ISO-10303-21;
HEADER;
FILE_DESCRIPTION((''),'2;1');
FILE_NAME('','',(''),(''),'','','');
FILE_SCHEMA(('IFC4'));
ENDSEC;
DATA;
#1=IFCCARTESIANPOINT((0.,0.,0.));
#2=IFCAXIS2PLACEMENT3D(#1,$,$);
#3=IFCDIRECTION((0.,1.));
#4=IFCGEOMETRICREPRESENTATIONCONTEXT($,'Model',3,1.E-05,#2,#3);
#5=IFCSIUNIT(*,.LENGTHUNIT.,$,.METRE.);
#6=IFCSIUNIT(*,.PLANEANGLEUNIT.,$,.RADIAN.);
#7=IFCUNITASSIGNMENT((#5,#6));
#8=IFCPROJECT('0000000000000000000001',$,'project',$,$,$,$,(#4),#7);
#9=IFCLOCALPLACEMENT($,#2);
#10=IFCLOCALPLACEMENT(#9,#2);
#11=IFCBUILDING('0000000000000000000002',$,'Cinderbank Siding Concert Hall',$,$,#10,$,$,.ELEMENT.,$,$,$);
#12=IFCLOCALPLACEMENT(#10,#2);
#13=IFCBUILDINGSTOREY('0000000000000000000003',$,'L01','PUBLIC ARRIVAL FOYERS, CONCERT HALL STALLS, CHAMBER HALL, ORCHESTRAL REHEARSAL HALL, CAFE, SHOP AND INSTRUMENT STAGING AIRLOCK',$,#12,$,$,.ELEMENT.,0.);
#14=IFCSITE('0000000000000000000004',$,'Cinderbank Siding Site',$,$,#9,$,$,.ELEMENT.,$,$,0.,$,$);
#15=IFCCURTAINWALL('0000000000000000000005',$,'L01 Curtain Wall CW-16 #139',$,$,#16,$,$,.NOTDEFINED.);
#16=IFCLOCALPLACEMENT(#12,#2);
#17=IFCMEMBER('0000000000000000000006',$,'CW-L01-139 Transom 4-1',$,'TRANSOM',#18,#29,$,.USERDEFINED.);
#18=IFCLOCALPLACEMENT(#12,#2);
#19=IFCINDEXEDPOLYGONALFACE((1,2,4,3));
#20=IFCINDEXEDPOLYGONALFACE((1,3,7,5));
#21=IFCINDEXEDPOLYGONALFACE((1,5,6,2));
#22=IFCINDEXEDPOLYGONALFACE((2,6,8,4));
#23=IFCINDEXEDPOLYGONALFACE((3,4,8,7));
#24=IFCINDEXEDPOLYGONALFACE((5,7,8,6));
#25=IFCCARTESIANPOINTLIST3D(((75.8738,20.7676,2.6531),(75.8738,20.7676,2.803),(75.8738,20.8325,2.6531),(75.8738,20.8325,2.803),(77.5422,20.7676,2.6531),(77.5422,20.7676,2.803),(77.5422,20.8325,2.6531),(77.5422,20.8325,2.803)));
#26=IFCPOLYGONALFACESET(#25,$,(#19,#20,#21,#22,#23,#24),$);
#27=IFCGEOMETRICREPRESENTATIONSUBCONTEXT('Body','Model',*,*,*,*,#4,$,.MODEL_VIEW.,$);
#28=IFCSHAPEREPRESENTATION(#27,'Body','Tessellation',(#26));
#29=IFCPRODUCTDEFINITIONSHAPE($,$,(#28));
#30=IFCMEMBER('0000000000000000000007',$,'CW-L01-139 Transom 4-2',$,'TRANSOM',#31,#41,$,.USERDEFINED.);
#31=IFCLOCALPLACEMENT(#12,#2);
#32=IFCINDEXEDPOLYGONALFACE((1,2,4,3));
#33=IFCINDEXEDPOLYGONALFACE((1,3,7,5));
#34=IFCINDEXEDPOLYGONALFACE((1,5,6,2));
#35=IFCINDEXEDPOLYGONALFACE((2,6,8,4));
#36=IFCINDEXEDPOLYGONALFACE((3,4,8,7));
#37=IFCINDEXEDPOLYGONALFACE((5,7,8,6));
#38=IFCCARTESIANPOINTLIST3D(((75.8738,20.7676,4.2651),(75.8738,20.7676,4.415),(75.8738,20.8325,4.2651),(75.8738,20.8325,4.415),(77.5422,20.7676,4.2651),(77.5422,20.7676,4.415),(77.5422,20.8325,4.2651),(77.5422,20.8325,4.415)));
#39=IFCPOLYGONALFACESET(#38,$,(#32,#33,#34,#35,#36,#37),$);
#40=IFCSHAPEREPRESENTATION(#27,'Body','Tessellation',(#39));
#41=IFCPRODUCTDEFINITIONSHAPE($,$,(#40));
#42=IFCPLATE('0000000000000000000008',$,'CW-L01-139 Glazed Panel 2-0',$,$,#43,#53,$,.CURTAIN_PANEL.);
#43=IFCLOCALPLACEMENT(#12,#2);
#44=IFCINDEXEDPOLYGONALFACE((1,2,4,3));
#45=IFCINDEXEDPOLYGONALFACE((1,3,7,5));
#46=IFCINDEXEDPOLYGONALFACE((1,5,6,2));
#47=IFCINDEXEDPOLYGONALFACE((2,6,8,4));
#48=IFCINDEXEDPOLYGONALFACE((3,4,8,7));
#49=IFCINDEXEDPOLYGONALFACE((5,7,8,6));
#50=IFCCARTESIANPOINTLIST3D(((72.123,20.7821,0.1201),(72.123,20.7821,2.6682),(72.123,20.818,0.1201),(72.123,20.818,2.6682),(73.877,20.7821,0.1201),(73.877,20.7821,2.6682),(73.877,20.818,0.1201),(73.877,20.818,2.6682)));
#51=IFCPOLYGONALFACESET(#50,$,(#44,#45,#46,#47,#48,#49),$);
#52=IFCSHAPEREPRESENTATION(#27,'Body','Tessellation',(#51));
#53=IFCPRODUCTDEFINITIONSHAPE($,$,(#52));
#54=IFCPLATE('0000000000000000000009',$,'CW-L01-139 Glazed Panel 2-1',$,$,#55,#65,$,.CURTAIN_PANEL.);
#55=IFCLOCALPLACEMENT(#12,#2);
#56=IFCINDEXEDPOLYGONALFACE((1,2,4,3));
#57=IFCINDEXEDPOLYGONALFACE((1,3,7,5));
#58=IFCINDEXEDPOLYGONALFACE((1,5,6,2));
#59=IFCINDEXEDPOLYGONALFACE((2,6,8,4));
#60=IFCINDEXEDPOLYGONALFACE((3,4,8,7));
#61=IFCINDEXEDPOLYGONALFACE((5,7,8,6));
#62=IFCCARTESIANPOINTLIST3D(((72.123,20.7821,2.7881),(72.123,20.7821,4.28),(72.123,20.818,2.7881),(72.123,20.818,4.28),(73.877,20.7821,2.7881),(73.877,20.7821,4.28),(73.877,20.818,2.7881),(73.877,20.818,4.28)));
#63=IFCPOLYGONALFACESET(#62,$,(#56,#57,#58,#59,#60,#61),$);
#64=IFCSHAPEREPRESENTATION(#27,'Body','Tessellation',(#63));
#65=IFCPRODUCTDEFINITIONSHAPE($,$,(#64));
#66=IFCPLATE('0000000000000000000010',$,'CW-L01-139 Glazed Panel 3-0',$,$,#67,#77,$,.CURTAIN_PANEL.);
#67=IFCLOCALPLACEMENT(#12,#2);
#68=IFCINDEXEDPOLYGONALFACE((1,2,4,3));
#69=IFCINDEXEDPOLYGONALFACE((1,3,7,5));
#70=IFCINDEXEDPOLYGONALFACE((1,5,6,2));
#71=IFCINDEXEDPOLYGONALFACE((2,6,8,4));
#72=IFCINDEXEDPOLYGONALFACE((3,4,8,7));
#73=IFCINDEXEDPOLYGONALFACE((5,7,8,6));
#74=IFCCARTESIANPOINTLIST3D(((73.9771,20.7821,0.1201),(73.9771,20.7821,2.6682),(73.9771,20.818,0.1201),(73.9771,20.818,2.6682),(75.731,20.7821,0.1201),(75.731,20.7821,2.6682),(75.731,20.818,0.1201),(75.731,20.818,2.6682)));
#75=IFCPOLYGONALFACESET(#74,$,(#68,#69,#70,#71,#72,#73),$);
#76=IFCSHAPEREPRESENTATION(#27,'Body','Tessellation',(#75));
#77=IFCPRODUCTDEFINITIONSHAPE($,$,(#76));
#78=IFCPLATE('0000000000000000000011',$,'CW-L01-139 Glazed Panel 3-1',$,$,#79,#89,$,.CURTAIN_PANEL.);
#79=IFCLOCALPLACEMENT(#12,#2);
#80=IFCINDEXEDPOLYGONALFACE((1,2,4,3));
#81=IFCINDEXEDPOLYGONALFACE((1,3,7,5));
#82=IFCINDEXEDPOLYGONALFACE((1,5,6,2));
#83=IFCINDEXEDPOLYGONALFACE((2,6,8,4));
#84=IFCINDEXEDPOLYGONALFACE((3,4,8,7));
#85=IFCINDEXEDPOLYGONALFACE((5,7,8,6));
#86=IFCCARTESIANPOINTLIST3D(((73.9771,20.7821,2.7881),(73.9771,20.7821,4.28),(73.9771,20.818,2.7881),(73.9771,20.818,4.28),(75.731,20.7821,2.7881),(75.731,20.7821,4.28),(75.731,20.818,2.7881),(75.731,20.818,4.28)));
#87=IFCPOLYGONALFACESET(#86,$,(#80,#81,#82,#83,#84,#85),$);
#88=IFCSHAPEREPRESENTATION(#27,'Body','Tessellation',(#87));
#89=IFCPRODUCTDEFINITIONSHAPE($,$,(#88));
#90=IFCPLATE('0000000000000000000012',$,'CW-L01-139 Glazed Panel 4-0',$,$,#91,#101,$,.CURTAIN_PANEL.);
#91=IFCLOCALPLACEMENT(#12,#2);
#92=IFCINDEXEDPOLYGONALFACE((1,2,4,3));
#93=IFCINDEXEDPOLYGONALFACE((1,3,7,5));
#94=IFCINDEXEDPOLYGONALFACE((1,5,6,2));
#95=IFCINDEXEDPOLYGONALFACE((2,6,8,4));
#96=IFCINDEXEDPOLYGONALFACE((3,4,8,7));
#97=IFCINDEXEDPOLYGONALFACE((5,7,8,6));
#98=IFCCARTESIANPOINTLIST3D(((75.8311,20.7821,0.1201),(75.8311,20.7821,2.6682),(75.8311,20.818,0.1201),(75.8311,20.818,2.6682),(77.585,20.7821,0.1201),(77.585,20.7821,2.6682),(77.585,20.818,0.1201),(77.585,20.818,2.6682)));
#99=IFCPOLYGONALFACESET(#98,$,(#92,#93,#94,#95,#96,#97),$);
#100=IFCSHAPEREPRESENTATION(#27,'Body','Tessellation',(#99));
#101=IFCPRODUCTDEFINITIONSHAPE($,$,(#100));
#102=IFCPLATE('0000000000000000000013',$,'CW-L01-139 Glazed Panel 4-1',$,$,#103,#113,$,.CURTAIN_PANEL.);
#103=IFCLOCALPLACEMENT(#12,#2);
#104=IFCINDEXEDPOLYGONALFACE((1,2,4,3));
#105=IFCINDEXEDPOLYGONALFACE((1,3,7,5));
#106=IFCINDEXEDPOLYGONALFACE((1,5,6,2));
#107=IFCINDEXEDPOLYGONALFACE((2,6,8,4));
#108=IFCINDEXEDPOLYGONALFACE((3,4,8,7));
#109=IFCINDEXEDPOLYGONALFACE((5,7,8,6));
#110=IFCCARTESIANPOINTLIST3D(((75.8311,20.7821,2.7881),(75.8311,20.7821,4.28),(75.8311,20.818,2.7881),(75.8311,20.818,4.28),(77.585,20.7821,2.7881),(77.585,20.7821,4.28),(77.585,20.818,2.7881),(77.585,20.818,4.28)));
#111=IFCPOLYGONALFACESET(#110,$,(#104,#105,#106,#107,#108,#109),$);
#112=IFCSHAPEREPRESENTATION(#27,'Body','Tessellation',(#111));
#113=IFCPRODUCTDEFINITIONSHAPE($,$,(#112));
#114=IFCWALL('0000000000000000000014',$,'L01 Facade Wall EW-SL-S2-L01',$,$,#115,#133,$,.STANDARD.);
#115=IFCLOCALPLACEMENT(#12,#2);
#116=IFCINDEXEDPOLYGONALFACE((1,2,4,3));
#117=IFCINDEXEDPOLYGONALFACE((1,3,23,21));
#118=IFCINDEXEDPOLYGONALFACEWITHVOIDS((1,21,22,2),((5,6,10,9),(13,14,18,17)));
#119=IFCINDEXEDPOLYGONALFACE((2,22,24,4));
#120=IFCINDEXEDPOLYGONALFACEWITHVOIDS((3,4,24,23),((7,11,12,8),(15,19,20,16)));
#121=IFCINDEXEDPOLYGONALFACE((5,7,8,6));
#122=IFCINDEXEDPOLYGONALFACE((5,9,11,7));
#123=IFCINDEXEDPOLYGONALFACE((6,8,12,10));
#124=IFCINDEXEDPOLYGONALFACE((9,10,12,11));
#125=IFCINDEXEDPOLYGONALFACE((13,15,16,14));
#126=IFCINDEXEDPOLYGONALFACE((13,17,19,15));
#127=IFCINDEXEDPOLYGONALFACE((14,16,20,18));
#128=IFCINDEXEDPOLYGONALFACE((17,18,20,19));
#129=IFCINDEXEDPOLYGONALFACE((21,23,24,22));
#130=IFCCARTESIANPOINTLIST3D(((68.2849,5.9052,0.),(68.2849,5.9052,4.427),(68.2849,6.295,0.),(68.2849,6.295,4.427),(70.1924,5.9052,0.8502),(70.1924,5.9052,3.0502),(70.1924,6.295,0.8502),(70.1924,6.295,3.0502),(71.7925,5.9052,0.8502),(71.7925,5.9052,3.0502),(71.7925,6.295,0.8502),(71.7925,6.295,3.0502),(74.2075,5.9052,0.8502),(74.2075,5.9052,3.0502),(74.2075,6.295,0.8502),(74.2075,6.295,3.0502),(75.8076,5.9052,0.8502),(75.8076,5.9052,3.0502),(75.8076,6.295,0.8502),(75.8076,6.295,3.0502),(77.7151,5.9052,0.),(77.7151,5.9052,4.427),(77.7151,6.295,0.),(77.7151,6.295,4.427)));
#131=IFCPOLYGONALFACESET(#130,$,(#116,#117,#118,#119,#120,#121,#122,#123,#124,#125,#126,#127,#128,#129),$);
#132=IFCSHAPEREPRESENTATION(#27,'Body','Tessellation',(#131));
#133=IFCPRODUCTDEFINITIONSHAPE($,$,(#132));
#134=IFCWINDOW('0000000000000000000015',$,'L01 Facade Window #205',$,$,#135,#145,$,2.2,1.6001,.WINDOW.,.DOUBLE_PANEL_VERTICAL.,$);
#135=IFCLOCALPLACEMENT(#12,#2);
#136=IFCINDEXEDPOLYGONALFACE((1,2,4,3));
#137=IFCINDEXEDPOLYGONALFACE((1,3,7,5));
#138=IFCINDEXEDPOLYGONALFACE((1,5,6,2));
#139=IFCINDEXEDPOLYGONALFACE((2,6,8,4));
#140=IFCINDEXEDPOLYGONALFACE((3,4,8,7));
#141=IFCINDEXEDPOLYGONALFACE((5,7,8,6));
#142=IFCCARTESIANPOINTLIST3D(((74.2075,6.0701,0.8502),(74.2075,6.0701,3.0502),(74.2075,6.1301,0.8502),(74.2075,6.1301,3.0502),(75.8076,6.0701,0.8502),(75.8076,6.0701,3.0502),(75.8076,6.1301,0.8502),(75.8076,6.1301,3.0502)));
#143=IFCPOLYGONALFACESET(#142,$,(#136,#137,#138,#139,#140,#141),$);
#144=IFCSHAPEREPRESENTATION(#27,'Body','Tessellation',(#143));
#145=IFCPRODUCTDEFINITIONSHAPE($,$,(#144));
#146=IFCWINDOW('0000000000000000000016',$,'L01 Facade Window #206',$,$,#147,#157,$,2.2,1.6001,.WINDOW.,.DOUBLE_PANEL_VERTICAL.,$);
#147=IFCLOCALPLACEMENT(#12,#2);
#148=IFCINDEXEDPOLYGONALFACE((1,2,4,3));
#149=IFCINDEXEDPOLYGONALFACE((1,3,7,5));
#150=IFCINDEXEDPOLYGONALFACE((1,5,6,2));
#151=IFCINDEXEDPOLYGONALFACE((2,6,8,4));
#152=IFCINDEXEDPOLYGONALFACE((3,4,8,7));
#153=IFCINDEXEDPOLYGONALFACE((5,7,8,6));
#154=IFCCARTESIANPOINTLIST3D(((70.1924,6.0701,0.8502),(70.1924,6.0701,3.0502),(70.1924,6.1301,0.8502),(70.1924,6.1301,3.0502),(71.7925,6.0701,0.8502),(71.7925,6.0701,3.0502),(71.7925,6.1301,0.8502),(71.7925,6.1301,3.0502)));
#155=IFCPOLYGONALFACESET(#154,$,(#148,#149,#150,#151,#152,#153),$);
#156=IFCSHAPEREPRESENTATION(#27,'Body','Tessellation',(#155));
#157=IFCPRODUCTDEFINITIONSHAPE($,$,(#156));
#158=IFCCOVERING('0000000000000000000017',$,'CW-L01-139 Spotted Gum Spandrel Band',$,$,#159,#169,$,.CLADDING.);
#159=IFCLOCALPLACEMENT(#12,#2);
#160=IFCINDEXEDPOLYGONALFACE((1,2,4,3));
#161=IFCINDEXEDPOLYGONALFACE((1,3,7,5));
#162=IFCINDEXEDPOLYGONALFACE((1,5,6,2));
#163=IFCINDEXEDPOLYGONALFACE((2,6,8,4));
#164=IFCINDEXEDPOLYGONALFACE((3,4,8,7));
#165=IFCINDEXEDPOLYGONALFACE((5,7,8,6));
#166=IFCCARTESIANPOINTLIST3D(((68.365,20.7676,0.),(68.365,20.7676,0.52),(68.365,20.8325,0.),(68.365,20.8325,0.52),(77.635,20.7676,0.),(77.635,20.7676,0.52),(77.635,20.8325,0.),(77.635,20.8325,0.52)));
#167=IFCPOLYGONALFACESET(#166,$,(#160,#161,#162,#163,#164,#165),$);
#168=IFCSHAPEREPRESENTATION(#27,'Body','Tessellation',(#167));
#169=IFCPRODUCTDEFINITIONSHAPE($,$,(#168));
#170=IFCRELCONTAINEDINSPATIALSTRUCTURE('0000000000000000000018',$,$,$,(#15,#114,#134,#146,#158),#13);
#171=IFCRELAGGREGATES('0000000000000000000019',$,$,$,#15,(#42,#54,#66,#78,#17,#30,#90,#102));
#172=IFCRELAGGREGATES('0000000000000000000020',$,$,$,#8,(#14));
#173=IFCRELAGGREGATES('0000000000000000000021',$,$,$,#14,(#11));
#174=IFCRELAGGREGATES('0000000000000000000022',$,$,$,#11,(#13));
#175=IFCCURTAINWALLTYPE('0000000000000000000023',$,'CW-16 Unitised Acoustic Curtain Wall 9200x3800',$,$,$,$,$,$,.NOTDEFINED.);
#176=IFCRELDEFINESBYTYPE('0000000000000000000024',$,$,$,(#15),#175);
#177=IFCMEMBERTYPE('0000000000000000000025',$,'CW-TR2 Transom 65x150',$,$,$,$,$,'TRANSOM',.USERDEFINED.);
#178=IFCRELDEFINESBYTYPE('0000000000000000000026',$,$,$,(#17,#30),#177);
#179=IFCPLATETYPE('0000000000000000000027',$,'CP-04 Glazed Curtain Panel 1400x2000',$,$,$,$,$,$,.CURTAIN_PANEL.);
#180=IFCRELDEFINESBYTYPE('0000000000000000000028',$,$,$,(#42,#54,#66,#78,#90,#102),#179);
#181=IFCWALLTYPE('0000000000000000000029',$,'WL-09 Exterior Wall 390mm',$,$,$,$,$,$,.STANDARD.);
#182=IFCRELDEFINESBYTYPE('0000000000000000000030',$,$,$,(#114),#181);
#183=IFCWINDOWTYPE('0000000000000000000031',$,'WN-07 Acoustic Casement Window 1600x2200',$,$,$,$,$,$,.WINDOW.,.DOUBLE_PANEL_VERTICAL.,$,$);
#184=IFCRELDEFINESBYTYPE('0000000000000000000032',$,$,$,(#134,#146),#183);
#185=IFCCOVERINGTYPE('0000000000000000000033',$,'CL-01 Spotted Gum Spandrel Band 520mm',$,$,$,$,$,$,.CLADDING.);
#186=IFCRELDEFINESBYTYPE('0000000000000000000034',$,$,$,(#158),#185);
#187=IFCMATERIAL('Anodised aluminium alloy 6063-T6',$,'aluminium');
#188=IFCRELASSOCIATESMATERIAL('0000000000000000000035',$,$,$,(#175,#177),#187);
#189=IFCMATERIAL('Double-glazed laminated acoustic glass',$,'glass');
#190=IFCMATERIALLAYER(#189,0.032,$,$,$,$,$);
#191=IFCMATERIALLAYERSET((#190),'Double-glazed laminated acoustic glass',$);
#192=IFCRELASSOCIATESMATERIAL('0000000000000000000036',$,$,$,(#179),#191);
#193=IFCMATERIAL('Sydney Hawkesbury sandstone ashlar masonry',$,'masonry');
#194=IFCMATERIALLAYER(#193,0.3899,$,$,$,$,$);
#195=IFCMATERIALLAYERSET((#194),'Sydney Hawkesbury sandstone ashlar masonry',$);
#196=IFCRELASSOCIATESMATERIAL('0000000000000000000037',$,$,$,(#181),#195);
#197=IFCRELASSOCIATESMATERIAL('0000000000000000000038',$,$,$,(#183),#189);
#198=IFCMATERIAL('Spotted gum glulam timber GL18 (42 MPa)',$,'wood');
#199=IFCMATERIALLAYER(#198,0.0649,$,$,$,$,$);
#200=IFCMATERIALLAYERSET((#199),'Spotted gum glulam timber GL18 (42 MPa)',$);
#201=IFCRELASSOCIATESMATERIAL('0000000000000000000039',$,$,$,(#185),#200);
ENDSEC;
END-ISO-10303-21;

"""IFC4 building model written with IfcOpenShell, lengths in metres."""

from ifc_helpers import new_model, si_unit, direction, frame, frame_2d, origin, origin_2d, place, context, subcontext, project, spatial, rectangle, extrude, material, layer, layer_set, material_profile, profile_set, type_object, element, fill, aggregate, save


model = new_model("IFC4")

# Units and contexts
model_context = context("Model", 3, precision=1e-05, world=origin(), true_north=direction((0.0, 1.0)))
body_context = subcontext(model_context, "Body", "Model", "MODEL_VIEW")
ifc_project = project(units=[si_unit("LENGTHUNIT", "METRE"), si_unit("PLANEANGLEUNIT", "RADIAN")], contexts=[model_context])

# Site, building, storey
site_placement = place(None, origin())
site = spatial("IfcSite", under=ifc_project, at=site_placement, Name="Cinderbank Siding Site", CompositionType="ELEMENT", RefElevation=0.0)
building_placement = place(site_placement, origin())
building = spatial("IfcBuilding", under=site, at=building_placement, Name="Cinderbank Siding Concert Hall", CompositionType="ELEMENT")
storey_placement = place(building_placement, origin())
storey = spatial("IfcBuildingStorey", under=building, at=storey_placement, Name="L01", Description="PUBLIC ARRIVAL FOYERS, CONCERT HALL STALLS, CHAMBER HALL, ORCHESTRAL REHEARSAL HALL, CAFE, SHOP AND INSTRUMENT STAGING AIRLOCK", CompositionType="ELEMENT", Elevation=0.0)

# Curtain wall, members, plates
ifc_material_1 = material(Name="Anodised aluminium alloy 6063-T6", Category="aluminium")
curtain_wall_type = type_object("IfcCurtainWallType", Name="CW-16 Unitised Acoustic Curtain Wall 9200x3800", PredefinedType="NOTDEFINED", material=ifc_material_1)
curtain_wall_placement = place(storey_placement, origin())
curtain_wall = element("IfcCurtainWall", 1, at=curtain_wall_placement, inside=storey, type_object=curtain_wall_type, Name="L01 Curtain Wall CW-16 #139", PredefinedType="NOTDEFINED")
ifc_material_profile_1 = material_profile(ifc_material_1, rectangle(XDim=0.0649, YDim=0.1499, at=origin_2d()), Name="ALU-TRAN-65x150", Category="LoadBearing")
ifc_profile_set_1 = profile_set([ifc_material_profile_1], Name="Anodised aluminium alloy 6063-T6")
member_type_1 = type_object("IfcMemberType", Name="CW-TR2 Transom 65x150", ElementType="TRANSOM", PredefinedType="USERDEFINED", material=ifc_profile_set_1)
member_1_placement = place(storey_placement, frame((75.8738, 20.8, 2.728), z_axis=(1.0, 0.0, 0.0), x_axis=(0.0, 1.0, 0.0)))
member_1 = element("IfcMember", 2, at=member_1_placement, type_object=member_type_1, Name="CW-L01-139 Transom 4-1", ObjectType="TRANSOM", PredefinedType="USERDEFINED", context=body_context, shape_type="SweptSolid", body=[
    extrude(rectangle(XDim=0.0649, YDim=0.1499, at=origin_2d()), origin(), (0.0, 0.0, 1.0), 1.6685),
])
member_2_placement = place(storey_placement, frame((75.8738, 20.8, 4.3401), z_axis=(1.0, 0.0, 0.0), x_axis=(0.0, 1.0, 0.0)))
member_2 = element("IfcMember", 3, at=member_2_placement, type_object=member_type_1, Name="CW-L01-139 Transom 4-2", ObjectType="TRANSOM", PredefinedType="USERDEFINED", context=body_context, shape_type="SweptSolid", body=[
    extrude(rectangle(XDim=0.0649, YDim=0.1499, at=origin_2d()), origin(), (0.0, 0.0, 1.0), 1.6685),
])
ifc_material_2 = material(Name="Double-glazed laminated acoustic glass", Category="glass")
ifc_layer_1 = layer(ifc_material_2, 0.032)
ifc_layer_set_1 = layer_set([ifc_layer_1], Name="Double-glazed laminated acoustic glass")
plate_type = type_object("IfcPlateType", Name="CP-04 Glazed Curtain Panel 1400x2000", PredefinedType="CURTAIN_PANEL", material=ifc_layer_set_1)
plate_1_placement = place(storey_placement, frame((73.0, 20.8, 0.1201), z_axis=(0.0, 0.0, 1.0), x_axis=(1.0, 0.0, 0.0)))
plate_1 = element("IfcPlate", 4, at=plate_1_placement, type_object=plate_type, Name="CW-L01-139 Glazed Panel 2-0", PredefinedType="CURTAIN_PANEL", context=body_context, shape_type="SweptSolid", body=[
    extrude(rectangle(XDim=1.7539, YDim=0.0359, at=origin_2d()), origin(), (0.0, 0.0, 1.0), 2.5481),
])
plate_2_placement = place(storey_placement, frame((73.0, 20.8, 2.7881), z_axis=(0.0, 0.0, 1.0), x_axis=(1.0, 0.0, 0.0)))
plate_2 = element("IfcPlate", 5, at=plate_2_placement, type_object=plate_type, Name="CW-L01-139 Glazed Panel 2-1", PredefinedType="CURTAIN_PANEL", context=body_context, shape_type="SweptSolid", body=[
    extrude(rectangle(XDim=1.7539, YDim=0.0359, at=origin_2d()), origin(), (0.0, 0.0, 1.0), 1.4919),
])
plate_3_placement = place(storey_placement, frame((74.854, 20.8, 0.1201), z_axis=(0.0, 0.0, 1.0), x_axis=(1.0, 0.0, 0.0)))
plate_3 = element("IfcPlate", 6, at=plate_3_placement, type_object=plate_type, Name="CW-L01-139 Glazed Panel 3-0", PredefinedType="CURTAIN_PANEL", context=body_context, shape_type="SweptSolid", body=[
    extrude(rectangle(XDim=1.7539, YDim=0.0359, at=origin_2d()), origin(), (0.0, 0.0, 1.0), 2.5481),
])
plate_4_placement = place(storey_placement, frame((74.854, 20.8, 2.7881), z_axis=(0.0, 0.0, 1.0), x_axis=(1.0, 0.0, 0.0)))
plate_4 = element("IfcPlate", 7, at=plate_4_placement, type_object=plate_type, Name="CW-L01-139 Glazed Panel 3-1", PredefinedType="CURTAIN_PANEL", context=body_context, shape_type="SweptSolid", body=[
    extrude(rectangle(XDim=1.7539, YDim=0.0359, at=origin_2d()), origin(), (0.0, 0.0, 1.0), 1.4919),
])
plate_5_placement = place(storey_placement, frame((76.708, 20.8, 0.1201), z_axis=(0.0, 0.0, 1.0), x_axis=(1.0, 0.0, 0.0)))
plate_5 = element("IfcPlate", 8, at=plate_5_placement, type_object=plate_type, Name="CW-L01-139 Glazed Panel 4-0", PredefinedType="CURTAIN_PANEL", context=body_context, shape_type="SweptSolid", body=[
    extrude(rectangle(XDim=1.7539, YDim=0.0359, at=origin_2d()), origin(), (0.0, 0.0, 1.0), 2.5481),
])
plate_6_placement = place(storey_placement, frame((76.708, 20.8, 2.7881), z_axis=(0.0, 0.0, 1.0), x_axis=(1.0, 0.0, 0.0)))
plate_6 = element("IfcPlate", 9, at=plate_6_placement, type_object=plate_type, Name="CW-L01-139 Glazed Panel 4-1", PredefinedType="CURTAIN_PANEL", context=body_context, shape_type="SweptSolid", body=[
    extrude(rectangle(XDim=1.7539, YDim=0.0359, at=origin_2d()), origin(), (0.0, 0.0, 1.0), 1.4919),
])
aggregate(curtain_wall, [plate_1, plate_2, plate_3, plate_4, member_1, member_2, plate_5, plate_6])

# Wall, openings, windows
ifc_material_3 = material(Name="Sydney Hawkesbury sandstone ashlar masonry", Category="masonry")
ifc_layer_2 = layer(ifc_material_3, 0.3899)
ifc_layer_set_2 = layer_set([ifc_layer_2], Name="Sydney Hawkesbury sandstone ashlar masonry")
wall_type = type_object("IfcWallType", Name="WL-09 Exterior Wall 390mm", PredefinedType="STANDARD", material=ifc_layer_set_2)
wall_placement = place(storey_placement, frame((77.7151, 6.1001, 0.0), z_axis=(0.0, 0.0, 1.0), x_axis=(-1.0, 0.0, 0.0)))
wall = element("IfcWall", 10, at=wall_placement, inside=storey, type_object=wall_type, Name="L01 Facade Wall EW-SL-S2-L01", PredefinedType="STANDARD", context=body_context, shape_type="SweptSolid", body=[
    extrude(rectangle(XDim=9.4302, YDim=0.3899, at=frame_2d((4.7151, 0.0))), origin(), (0.0, 0.0, 1.0), 4.427),
])
opening_1_placement = place(wall_placement, frame((1.9075, 0.0, 0.8501)))
opening_1 = element("IfcOpeningElement", 11, at=opening_1_placement, cuts=wall, PredefinedType="OPENING", context=body_context, shape_type="SweptSolid", body=[
    extrude(rectangle(XDim=1.6001, YDim=2.2, at=frame_2d((0.8, 1.1001))), frame((0.0, 0.207, 0.0), z_axis=(0.0, -1.0, 0.0), x_axis=(1.0, 0.0, 0.0)), (0.0, 0.0, 1.0), 0.4138),
])
opening_2_placement = place(wall_placement, frame((5.9226, 0.0, 0.8501)))
opening_2 = element("IfcOpeningElement", 12, at=opening_2_placement, cuts=wall, PredefinedType="OPENING", context=body_context, shape_type="SweptSolid", body=[
    extrude(rectangle(XDim=1.6001, YDim=2.2, at=frame_2d((0.8, 1.1001))), frame((0.0, 0.207, 0.0), z_axis=(0.0, -1.0, 0.0), x_axis=(1.0, 0.0, 0.0)), (0.0, 0.0, 1.0), 0.4138),
])
window_type = type_object("IfcWindowType", Name="WN-07 Acoustic Casement Window 1600x2200", PartitioningType="DOUBLE_PANEL_VERTICAL", PredefinedType="WINDOW", material=ifc_material_2)
window_1_placement = place(opening_1_placement, origin())
window_1 = element("IfcWindow", 13, at=window_1_placement, inside=storey, type_object=window_type, Name="L01 Facade Window #205", OverallHeight=2.2, OverallWidth=1.6001, PartitioningType="DOUBLE_PANEL_VERTICAL", PredefinedType="WINDOW", context=body_context, shape_type="SweptSolid", body=[
    extrude(rectangle(XDim=1.6001, YDim=2.2, at=frame_2d((0.8, 1.1001))), frame((0.0, 0.03, 0.0), z_axis=(0.0, -1.0, 0.0), x_axis=(1.0, 0.0, 0.0)), (0.0, 0.0, 1.0), 0.0601),
])
fill(opening_1, window_1)
window_2_placement = place(opening_2_placement, origin())
window_2 = element("IfcWindow", 14, at=window_2_placement, inside=storey, type_object=window_type, Name="L01 Facade Window #206", OverallHeight=2.2, OverallWidth=1.6001, PartitioningType="DOUBLE_PANEL_VERTICAL", PredefinedType="WINDOW", context=body_context, shape_type="SweptSolid", body=[
    extrude(rectangle(XDim=1.6001, YDim=2.2, at=frame_2d((0.8, 1.1001))), frame((0.0, 0.03, 0.0), z_axis=(0.0, -1.0, 0.0), x_axis=(1.0, 0.0, 0.0)), (0.0, 0.0, 1.0), 0.0601),
])
fill(opening_2, window_2)

# Covering
ifc_material_4 = material(Name="Spotted gum glulam timber GL18 (42 MPa)", Category="wood")
ifc_layer_3 = layer(ifc_material_4, 0.0649)
ifc_layer_set_3 = layer_set([ifc_layer_3], Name="Spotted gum glulam timber GL18 (42 MPa)")
covering_type = type_object("IfcCoveringType", Name="CL-01 Spotted Gum Spandrel Band 520mm", PredefinedType="CLADDING", material=ifc_layer_set_3)
covering_placement = place(storey_placement, frame((73.0, 20.8, 0.0), z_axis=(0.0, 0.0, 1.0), x_axis=(1.0, 0.0, 0.0)))
element("IfcCovering", 15, at=covering_placement, inside=storey, type_object=covering_type, Name="CW-L01-139 Spotted Gum Spandrel Band", PredefinedType="CLADDING", context=body_context, shape_type="SweptSolid", body=[
    extrude(rectangle(XDim=9.27, YDim=0.0649, at=origin_2d()), origin(), (0.0, 0.0, 1.0), 0.52),
])

save(model, "model.ifc")
